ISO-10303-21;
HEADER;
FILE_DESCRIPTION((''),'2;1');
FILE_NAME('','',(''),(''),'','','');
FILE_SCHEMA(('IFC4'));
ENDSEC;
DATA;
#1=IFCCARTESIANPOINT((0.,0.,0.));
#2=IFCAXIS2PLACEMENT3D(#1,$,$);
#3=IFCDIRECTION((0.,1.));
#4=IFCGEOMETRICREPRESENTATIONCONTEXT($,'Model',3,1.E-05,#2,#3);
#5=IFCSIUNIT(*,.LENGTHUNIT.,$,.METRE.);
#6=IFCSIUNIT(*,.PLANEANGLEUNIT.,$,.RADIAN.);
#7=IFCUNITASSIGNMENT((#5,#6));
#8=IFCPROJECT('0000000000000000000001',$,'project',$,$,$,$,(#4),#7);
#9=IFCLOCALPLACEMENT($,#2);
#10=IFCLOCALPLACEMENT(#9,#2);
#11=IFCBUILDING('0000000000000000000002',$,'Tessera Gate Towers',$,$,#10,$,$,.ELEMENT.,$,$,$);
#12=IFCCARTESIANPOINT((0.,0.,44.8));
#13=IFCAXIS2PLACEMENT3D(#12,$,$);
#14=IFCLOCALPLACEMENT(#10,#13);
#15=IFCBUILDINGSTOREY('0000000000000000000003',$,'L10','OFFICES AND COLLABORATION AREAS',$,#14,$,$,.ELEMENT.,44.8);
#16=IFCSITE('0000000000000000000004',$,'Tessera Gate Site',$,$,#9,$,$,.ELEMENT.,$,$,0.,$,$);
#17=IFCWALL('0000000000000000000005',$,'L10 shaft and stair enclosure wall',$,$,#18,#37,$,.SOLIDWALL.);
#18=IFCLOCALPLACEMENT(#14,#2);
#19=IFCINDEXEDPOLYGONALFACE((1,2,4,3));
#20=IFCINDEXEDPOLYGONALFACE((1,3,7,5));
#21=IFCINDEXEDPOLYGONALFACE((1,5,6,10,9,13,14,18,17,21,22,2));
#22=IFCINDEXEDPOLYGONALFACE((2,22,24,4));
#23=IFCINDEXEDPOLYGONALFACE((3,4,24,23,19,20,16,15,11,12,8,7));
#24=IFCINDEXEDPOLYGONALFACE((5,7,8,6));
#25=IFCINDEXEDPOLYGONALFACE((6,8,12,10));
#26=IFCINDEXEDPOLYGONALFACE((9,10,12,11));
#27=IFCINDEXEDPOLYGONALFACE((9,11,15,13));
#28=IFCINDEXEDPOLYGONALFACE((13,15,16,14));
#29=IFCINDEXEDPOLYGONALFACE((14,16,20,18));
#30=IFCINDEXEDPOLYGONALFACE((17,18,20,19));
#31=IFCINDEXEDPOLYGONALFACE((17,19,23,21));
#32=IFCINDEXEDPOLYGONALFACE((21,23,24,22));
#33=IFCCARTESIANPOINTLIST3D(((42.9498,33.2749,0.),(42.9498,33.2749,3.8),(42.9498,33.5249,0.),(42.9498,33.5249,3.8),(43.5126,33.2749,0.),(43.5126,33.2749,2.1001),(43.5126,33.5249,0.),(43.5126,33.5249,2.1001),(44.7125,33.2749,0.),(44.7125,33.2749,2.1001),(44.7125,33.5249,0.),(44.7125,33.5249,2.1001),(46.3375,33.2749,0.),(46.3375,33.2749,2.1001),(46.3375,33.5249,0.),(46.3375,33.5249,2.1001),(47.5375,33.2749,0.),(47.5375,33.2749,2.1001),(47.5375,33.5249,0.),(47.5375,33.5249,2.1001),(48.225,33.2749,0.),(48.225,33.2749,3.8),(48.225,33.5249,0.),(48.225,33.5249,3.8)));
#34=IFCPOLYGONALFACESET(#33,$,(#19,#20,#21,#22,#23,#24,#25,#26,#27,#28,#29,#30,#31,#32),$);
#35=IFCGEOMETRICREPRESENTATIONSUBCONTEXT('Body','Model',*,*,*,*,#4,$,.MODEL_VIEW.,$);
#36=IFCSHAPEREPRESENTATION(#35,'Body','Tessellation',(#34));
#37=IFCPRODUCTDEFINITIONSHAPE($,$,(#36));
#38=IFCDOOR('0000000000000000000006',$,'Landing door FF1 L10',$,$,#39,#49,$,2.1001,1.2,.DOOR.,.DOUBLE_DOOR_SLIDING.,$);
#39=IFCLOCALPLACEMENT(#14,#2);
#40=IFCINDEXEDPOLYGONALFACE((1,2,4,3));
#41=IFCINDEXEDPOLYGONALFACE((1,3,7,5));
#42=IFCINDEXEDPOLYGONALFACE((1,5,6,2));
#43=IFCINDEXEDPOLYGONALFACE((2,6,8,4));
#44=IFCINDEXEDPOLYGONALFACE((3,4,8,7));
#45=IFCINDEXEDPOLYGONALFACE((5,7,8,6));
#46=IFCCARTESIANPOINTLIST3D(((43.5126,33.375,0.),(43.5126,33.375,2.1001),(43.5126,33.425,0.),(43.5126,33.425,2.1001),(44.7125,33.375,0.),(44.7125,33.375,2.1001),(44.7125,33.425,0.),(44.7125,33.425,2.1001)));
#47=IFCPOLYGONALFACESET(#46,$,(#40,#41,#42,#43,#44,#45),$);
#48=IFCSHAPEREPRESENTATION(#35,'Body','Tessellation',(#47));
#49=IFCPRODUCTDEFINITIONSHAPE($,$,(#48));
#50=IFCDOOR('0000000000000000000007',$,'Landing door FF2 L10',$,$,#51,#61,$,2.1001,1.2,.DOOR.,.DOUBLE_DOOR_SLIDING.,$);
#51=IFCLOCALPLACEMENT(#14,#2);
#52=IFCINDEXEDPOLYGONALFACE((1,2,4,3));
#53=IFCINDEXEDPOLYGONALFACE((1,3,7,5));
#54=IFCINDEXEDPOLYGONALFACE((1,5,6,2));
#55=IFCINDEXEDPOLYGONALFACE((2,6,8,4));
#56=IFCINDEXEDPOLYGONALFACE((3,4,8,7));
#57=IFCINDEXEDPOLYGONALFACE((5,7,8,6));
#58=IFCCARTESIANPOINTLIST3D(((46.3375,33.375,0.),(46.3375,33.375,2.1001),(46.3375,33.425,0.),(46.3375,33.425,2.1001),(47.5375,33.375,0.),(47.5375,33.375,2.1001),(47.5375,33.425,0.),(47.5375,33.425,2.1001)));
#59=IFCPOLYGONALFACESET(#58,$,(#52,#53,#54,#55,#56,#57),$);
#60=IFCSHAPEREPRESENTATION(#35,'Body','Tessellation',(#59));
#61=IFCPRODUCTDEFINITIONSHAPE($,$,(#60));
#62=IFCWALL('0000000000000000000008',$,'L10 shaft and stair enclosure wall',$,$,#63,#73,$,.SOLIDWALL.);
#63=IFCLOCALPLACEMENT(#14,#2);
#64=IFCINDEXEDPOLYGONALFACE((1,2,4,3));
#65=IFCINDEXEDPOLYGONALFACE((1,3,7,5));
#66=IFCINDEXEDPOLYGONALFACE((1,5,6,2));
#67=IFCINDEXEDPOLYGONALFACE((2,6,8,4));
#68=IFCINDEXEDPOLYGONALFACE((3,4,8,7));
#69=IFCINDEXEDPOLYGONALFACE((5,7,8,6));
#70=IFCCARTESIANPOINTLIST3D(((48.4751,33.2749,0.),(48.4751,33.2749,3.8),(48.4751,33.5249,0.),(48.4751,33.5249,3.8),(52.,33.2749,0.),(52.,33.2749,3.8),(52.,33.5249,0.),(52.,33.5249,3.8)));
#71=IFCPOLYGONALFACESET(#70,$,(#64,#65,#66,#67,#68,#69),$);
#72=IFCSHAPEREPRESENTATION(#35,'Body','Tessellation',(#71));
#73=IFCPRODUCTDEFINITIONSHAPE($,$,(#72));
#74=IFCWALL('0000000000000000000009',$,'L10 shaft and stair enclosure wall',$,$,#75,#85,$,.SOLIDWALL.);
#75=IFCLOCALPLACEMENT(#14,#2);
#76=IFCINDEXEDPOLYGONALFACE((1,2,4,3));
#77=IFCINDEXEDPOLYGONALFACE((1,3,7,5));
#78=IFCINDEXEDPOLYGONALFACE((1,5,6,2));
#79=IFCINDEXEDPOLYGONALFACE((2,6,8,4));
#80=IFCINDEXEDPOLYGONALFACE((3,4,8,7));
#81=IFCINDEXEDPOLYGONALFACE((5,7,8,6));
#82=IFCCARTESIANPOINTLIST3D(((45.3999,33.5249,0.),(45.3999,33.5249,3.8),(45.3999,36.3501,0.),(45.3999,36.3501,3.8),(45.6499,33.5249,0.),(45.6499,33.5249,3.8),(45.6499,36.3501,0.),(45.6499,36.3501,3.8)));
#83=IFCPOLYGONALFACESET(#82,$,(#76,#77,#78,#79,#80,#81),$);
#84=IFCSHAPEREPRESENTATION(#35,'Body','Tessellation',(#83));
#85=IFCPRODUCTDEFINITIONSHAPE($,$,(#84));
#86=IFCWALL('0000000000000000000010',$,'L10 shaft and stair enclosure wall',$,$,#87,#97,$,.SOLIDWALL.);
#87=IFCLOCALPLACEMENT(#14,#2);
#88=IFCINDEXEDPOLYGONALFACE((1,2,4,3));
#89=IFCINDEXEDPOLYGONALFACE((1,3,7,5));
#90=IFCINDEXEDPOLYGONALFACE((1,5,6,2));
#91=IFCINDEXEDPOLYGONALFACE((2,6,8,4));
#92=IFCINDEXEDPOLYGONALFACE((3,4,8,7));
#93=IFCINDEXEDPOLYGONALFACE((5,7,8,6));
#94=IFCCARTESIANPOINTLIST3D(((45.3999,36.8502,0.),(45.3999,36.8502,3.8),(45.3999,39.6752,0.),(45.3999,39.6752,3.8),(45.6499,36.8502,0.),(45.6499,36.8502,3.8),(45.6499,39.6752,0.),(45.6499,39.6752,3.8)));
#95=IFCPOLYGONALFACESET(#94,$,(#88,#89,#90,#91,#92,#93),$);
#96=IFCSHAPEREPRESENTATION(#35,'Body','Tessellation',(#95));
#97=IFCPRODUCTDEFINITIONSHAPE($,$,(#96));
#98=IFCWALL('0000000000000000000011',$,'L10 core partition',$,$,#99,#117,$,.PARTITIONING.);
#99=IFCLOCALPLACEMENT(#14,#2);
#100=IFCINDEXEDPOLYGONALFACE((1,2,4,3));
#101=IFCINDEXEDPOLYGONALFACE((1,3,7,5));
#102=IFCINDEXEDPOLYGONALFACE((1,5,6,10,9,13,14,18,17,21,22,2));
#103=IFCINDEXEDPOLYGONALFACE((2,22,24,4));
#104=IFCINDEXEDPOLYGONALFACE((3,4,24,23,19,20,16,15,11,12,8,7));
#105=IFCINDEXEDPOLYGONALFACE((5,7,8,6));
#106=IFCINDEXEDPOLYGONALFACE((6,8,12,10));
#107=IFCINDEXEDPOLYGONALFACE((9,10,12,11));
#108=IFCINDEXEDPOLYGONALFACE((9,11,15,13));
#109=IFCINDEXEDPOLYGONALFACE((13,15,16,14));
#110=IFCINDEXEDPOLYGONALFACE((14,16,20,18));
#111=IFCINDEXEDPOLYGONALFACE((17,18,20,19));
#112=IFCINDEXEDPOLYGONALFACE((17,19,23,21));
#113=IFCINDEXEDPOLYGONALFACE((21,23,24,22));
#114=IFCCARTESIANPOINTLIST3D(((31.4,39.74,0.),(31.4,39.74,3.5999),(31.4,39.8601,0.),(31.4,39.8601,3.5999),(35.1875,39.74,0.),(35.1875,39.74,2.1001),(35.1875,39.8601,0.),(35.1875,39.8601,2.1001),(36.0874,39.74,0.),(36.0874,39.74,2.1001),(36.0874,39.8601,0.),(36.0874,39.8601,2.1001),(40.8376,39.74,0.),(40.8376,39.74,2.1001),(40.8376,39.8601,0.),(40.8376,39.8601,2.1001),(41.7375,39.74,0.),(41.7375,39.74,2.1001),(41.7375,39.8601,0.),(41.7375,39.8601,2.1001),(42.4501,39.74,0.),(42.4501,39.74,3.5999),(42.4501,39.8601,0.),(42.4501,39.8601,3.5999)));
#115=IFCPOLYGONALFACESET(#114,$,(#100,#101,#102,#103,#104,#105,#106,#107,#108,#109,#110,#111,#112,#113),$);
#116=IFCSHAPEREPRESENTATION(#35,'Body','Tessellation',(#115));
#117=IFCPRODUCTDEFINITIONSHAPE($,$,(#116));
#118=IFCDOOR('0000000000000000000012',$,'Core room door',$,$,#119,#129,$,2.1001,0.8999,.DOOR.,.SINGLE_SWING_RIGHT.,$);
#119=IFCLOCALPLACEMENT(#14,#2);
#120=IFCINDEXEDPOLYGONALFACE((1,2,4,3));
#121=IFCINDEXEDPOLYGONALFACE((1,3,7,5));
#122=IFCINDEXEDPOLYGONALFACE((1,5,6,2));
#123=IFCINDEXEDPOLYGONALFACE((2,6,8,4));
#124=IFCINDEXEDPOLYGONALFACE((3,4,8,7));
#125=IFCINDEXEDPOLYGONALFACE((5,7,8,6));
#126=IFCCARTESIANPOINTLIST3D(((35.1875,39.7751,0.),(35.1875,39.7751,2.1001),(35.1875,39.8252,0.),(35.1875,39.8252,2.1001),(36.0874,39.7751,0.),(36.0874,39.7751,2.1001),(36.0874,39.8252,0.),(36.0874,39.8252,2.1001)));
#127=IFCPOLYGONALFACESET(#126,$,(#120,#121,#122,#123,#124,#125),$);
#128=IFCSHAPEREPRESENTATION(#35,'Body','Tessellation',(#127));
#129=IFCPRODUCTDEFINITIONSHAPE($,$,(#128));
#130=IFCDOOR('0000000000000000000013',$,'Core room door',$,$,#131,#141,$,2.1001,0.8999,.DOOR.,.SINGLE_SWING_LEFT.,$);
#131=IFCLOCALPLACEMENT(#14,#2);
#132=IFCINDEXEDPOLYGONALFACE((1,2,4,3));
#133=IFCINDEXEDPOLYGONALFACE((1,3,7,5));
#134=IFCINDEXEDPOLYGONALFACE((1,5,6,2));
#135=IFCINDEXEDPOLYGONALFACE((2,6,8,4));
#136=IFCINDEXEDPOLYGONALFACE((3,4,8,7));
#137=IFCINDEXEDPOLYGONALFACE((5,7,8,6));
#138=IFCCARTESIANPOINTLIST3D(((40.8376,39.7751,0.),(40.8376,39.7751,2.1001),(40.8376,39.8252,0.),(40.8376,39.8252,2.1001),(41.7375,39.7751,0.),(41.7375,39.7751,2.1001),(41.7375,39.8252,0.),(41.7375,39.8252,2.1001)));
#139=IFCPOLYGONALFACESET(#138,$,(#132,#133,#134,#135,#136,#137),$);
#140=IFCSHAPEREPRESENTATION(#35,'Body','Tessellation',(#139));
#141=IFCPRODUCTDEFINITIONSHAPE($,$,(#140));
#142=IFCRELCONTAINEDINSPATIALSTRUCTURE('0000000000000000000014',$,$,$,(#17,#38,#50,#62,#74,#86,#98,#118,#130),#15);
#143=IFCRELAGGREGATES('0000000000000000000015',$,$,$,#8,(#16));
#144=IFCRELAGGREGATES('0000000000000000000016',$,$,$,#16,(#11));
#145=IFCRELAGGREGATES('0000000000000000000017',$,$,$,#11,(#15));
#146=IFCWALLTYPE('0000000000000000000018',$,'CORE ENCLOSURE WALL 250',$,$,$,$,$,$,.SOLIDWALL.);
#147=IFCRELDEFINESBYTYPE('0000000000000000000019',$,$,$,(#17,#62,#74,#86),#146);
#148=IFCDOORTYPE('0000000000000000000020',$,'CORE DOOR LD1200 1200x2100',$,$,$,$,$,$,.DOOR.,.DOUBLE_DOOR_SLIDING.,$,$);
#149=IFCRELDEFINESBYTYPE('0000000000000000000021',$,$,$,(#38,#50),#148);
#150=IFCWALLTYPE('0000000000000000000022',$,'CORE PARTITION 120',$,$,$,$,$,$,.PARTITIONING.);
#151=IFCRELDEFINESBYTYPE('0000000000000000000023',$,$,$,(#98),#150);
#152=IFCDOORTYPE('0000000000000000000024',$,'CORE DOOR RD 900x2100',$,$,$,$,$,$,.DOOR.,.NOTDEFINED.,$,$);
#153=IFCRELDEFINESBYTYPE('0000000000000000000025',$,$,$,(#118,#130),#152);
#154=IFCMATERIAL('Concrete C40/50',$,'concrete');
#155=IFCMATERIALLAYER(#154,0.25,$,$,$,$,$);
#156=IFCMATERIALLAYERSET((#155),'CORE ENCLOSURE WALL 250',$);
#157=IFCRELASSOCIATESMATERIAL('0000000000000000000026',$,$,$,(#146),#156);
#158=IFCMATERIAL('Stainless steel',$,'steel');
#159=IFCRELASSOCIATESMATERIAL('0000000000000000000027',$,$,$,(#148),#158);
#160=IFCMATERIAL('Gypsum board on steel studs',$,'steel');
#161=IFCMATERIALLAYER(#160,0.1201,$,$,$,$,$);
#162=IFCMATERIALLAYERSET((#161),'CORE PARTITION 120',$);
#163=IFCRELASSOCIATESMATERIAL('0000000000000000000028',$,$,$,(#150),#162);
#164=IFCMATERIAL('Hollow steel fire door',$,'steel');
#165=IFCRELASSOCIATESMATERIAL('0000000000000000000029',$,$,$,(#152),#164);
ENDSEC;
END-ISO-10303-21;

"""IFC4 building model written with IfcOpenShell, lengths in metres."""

from ifc_helpers import new_model, si_unit, direction, frame, frame_2d, origin, place, context, subcontext, project, spatial, rectangle, extrude, source, transform, mapped, material, layer, layer_set, type_object, element, fill, save


model = new_model("IFC4")

# Units and contexts
model_context = context("Model", 3, precision=1e-05, world=origin(), true_north=direction((0.0, 1.0)))
body_context = subcontext(model_context, "Body", "Model", "MODEL_VIEW")
ifc_project = project(units=[si_unit("LENGTHUNIT", "METRE"), si_unit("PLANEANGLEUNIT", "RADIAN")], contexts=[model_context])

# Site, building, storey
site_placement = place(None, origin())
site = spatial("IfcSite", under=ifc_project, at=site_placement, Name="Tessera Gate Site", CompositionType="ELEMENT", RefElevation=0.0)
building_placement = place(site_placement, origin())
building = spatial("IfcBuilding", under=site, at=building_placement, Name="Tessera Gate Towers", CompositionType="ELEMENT")
storey_placement = place(building_placement, frame((0.0, 0.0, 44.8)))
storey = spatial("IfcBuildingStorey", under=building, at=storey_placement, Name="L10", Description="OFFICES AND COLLABORATION AREAS", CompositionType="ELEMENT", Elevation=44.8)

# Shared definitions
ifc_material_1 = material(Name="Concrete C40/50", Category="concrete")
ifc_layer_1 = layer(ifc_material_1, 0.25)
ifc_layer_set_1 = layer_set([ifc_layer_1], Name="CORE ENCLOSURE WALL 250")
wall_type_1 = type_object("IfcWallType", Name="CORE ENCLOSURE WALL 250", PredefinedType="SOLIDWALL", material=ifc_layer_set_1)
shared_shape_1 = source(origin(), body_context, "Body", "SweptSolid", [
    extrude(rectangle(XDim=1.2, YDim=2.1001, at=frame_2d((0.6001, 1.05))), frame((0.0, 0.135, 0.0), z_axis=(0.0, -1.0, 0.0), x_axis=(1.0, 0.0, 0.0)), (0.0, 0.0, 1.0), 0.27),
])
shared_shape_2 = source(origin(), body_context, "Body", "SweptSolid", [
    extrude(rectangle(XDim=1.2, YDim=2.1001, at=frame_2d((0.6001, 1.05))), frame((0.0, 0.0249, 0.0), z_axis=(0.0, -1.0, 0.0), x_axis=(1.0, 0.0, 0.0)), (0.0, 0.0, 1.0), 0.05),
])

# Wall, openings, doors
wall_1_placement = place(storey_placement, frame((48.2251, 33.3999, 0.0), z_axis=(0.0, 0.0, 1.0), x_axis=(-1.0, 0.0, 0.0)))
wall_1 = element("IfcWall", 1, at=wall_1_placement, inside=storey, type_object=wall_type_1, Name="L10 shaft and stair enclosure wall", PredefinedType="SOLIDWALL", context=body_context, shape_type="SweptSolid", body=[
    extrude(rectangle(XDim=5.2751, YDim=0.25, at=frame_2d((2.6377, 0.0))), origin(), (0.0, 0.0, 1.0), 3.8),
])
opening_1_placement = place(wall_1_placement, frame((3.5125, 0.0, 0.0)))
opening_1 = element("IfcOpeningElement", 2, at=opening_1_placement, cuts=wall_1, PredefinedType="OPENING", context=body_context, shape_type="MappedRepresentation", body=[
    mapped(shared_shape_1, transform((0.0, 0.0, 0.0), scale=1.0)),
])
opening_2_placement = place(wall_1_placement, frame((0.6875, 0.0, 0.0)))
opening_2 = element("IfcOpeningElement", 3, at=opening_2_placement, cuts=wall_1, PredefinedType="OPENING", context=body_context, shape_type="MappedRepresentation", body=[
    mapped(shared_shape_1, transform((0.0, 0.0, 0.0), scale=1.0)),
])
ifc_material_2 = material(Name="Stainless steel", Category="steel")
door_type_1 = type_object("IfcDoorType", Name="CORE DOOR LD1200 1200x2100", OperationType="DOUBLE_DOOR_SLIDING", PredefinedType="DOOR", material=ifc_material_2)
door_1_placement = place(opening_1_placement, origin())
door_1 = element("IfcDoor", 4, at=door_1_placement, inside=storey, type_object=door_type_1, Name="Landing door FF1 L10", OperationType="DOUBLE_DOOR_SLIDING", OverallHeight=2.1001, OverallWidth=1.2, PredefinedType="DOOR", context=body_context, shape_type="MappedRepresentation", body=[
    mapped(shared_shape_2, transform((0.0, 0.0, 0.0), scale=1.0)),
])
fill(opening_1, door_1)
door_2_placement = place(opening_2_placement, origin())
door_2 = element("IfcDoor", 5, at=door_2_placement, inside=storey, type_object=door_type_1, Name="Landing door FF2 L10", OperationType="DOUBLE_DOOR_SLIDING", OverallHeight=2.1001, OverallWidth=1.2, PredefinedType="DOOR", context=body_context, shape_type="MappedRepresentation", body=[
    mapped(shared_shape_2, transform((0.0, 0.0, 0.0), scale=1.0)),
])
fill(opening_2, door_2)

# Walls
wall_2_placement = place(storey_placement, frame((48.4751, 33.3999, 0.0), z_axis=(0.0, 0.0, 1.0), x_axis=(1.0, 0.0, 0.0)))
element("IfcWall", 6, at=wall_2_placement, inside=storey, type_object=wall_type_1, Name="L10 shaft and stair enclosure wall", PredefinedType="SOLIDWALL", context=body_context, shape_type="SweptSolid", body=[
    extrude(rectangle(XDim=3.5249, YDim=0.25, at=frame_2d((1.7625, 0.0))), origin(), (0.0, 0.0, 1.0), 3.8),
])
wall_3_placement = place(storey_placement, frame((45.5249, 33.5249, 0.0), z_axis=(0.0, 0.0, 1.0), x_axis=(0.0, 1.0, 0.0)))
element("IfcWall", 7, at=wall_3_placement, inside=storey, type_object=wall_type_1, Name="L10 shaft and stair enclosure wall", PredefinedType="SOLIDWALL", context=body_context, shape_type="SweptSolid", body=[
    extrude(rectangle(XDim=2.8252, YDim=0.25, at=frame_2d((1.4126, 0.0))), origin(), (0.0, 0.0, 1.0), 3.8),
])
wall_4_placement = place(storey_placement, frame((45.5249, 36.8501, 0.0), z_axis=(0.0, 0.0, 1.0), x_axis=(0.0, 1.0, 0.0)))
element("IfcWall", 8, at=wall_4_placement, inside=storey, type_object=wall_type_1, Name="L10 shaft and stair enclosure wall", PredefinedType="SOLIDWALL", context=body_context, shape_type="SweptSolid", body=[
    extrude(rectangle(XDim=2.825, YDim=0.25, at=frame_2d((1.4126, 0.0))), origin(), (0.0, 0.0, 1.0), 3.8),
])

# Wall, openings, doors
ifc_material_3 = material(Name="Gypsum board on steel studs", Category="steel")
ifc_layer_2 = layer(ifc_material_3, 0.1201)
ifc_layer_set_2 = layer_set([ifc_layer_2], Name="CORE PARTITION 120")
wall_type_2 = type_object("IfcWallType", Name="CORE PARTITION 120", PredefinedType="PARTITIONING", material=ifc_layer_set_2)
wall_5_placement = place(storey_placement, frame((42.45, 39.8, 0.0), z_axis=(0.0, 0.0, 1.0), x_axis=(-1.0, 0.0, 0.0)))
wall_5 = element("IfcWall", 9, at=wall_5_placement, inside=storey, type_object=wall_type_2, Name="L10 core partition", PredefinedType="PARTITIONING", context=body_context, shape_type="SweptSolid", body=[
    extrude(rectangle(XDim=11.05, YDim=0.1201, at=frame_2d((5.5249, 0.0))), origin(), (0.0, 0.0, 1.0), 3.5999),
])
shared_shape_3 = source(origin(), body_context, "Body", "SweptSolid", [
    extrude(rectangle(XDim=0.8999, YDim=2.1001, at=frame_2d((0.45, 1.05))), frame((0.0, 0.0701, 0.0), z_axis=(0.0, -1.0, 0.0), x_axis=(1.0, 0.0, 0.0)), (0.0, 0.0, 1.0), 0.1401),
])
opening_3_placement = place(wall_5_placement, frame((6.3625, 0.0, 0.0)))
opening_3 = element("IfcOpeningElement", 10, at=opening_3_placement, cuts=wall_5, PredefinedType="OPENING", context=body_context, shape_type="MappedRepresentation", body=[
    mapped(shared_shape_3, transform((0.0, 0.0, 0.0), scale=1.0)),
])
opening_4_placement = place(wall_5_placement, frame((0.7124, 0.0, 0.0)))
opening_4 = element("IfcOpeningElement", 11, at=opening_4_placement, cuts=wall_5, PredefinedType="OPENING", context=body_context, shape_type="MappedRepresentation", body=[
    mapped(shared_shape_3, transform((0.0, 0.0, 0.0), scale=1.0)),
])
ifc_material_4 = material(Name="Hollow steel fire door", Category="steel")
door_type_2 = type_object("IfcDoorType", Name="CORE DOOR RD 900x2100", OperationType="NOTDEFINED", PredefinedType="DOOR", material=ifc_material_4)
shared_shape_4 = source(origin(), body_context, "Body", "SweptSolid", [
    extrude(rectangle(XDim=0.8999, YDim=2.1001, at=frame_2d((0.45, 1.05))), frame((0.0, 0.0249, 0.0), z_axis=(0.0, -1.0, 0.0), x_axis=(1.0, 0.0, 0.0)), (0.0, 0.0, 1.0), 0.05),
])
door_3_placement = place(opening_3_placement, origin())
door_3 = element("IfcDoor", 12, at=door_3_placement, inside=storey, type_object=door_type_2, Name="Core room door", OperationType="SINGLE_SWING_RIGHT", OverallHeight=2.1001, OverallWidth=0.8999, PredefinedType="DOOR", context=body_context, shape_type="MappedRepresentation", body=[
    mapped(shared_shape_4, transform((0.0, 0.0, 0.0), scale=1.0)),
])
fill(opening_3, door_3)
door_4_placement = place(opening_4_placement, origin())
door_4 = element("IfcDoor", 13, at=door_4_placement, inside=storey, type_object=door_type_2, Name="Core room door", OperationType="SINGLE_SWING_LEFT", OverallHeight=2.1001, OverallWidth=0.8999, PredefinedType="DOOR", context=body_context, shape_type="MappedRepresentation", body=[
    mapped(shared_shape_4, transform((0.0, 0.0, 0.0), scale=1.0)),
])
fill(opening_4, door_4)

save(model, "model.ifc")
